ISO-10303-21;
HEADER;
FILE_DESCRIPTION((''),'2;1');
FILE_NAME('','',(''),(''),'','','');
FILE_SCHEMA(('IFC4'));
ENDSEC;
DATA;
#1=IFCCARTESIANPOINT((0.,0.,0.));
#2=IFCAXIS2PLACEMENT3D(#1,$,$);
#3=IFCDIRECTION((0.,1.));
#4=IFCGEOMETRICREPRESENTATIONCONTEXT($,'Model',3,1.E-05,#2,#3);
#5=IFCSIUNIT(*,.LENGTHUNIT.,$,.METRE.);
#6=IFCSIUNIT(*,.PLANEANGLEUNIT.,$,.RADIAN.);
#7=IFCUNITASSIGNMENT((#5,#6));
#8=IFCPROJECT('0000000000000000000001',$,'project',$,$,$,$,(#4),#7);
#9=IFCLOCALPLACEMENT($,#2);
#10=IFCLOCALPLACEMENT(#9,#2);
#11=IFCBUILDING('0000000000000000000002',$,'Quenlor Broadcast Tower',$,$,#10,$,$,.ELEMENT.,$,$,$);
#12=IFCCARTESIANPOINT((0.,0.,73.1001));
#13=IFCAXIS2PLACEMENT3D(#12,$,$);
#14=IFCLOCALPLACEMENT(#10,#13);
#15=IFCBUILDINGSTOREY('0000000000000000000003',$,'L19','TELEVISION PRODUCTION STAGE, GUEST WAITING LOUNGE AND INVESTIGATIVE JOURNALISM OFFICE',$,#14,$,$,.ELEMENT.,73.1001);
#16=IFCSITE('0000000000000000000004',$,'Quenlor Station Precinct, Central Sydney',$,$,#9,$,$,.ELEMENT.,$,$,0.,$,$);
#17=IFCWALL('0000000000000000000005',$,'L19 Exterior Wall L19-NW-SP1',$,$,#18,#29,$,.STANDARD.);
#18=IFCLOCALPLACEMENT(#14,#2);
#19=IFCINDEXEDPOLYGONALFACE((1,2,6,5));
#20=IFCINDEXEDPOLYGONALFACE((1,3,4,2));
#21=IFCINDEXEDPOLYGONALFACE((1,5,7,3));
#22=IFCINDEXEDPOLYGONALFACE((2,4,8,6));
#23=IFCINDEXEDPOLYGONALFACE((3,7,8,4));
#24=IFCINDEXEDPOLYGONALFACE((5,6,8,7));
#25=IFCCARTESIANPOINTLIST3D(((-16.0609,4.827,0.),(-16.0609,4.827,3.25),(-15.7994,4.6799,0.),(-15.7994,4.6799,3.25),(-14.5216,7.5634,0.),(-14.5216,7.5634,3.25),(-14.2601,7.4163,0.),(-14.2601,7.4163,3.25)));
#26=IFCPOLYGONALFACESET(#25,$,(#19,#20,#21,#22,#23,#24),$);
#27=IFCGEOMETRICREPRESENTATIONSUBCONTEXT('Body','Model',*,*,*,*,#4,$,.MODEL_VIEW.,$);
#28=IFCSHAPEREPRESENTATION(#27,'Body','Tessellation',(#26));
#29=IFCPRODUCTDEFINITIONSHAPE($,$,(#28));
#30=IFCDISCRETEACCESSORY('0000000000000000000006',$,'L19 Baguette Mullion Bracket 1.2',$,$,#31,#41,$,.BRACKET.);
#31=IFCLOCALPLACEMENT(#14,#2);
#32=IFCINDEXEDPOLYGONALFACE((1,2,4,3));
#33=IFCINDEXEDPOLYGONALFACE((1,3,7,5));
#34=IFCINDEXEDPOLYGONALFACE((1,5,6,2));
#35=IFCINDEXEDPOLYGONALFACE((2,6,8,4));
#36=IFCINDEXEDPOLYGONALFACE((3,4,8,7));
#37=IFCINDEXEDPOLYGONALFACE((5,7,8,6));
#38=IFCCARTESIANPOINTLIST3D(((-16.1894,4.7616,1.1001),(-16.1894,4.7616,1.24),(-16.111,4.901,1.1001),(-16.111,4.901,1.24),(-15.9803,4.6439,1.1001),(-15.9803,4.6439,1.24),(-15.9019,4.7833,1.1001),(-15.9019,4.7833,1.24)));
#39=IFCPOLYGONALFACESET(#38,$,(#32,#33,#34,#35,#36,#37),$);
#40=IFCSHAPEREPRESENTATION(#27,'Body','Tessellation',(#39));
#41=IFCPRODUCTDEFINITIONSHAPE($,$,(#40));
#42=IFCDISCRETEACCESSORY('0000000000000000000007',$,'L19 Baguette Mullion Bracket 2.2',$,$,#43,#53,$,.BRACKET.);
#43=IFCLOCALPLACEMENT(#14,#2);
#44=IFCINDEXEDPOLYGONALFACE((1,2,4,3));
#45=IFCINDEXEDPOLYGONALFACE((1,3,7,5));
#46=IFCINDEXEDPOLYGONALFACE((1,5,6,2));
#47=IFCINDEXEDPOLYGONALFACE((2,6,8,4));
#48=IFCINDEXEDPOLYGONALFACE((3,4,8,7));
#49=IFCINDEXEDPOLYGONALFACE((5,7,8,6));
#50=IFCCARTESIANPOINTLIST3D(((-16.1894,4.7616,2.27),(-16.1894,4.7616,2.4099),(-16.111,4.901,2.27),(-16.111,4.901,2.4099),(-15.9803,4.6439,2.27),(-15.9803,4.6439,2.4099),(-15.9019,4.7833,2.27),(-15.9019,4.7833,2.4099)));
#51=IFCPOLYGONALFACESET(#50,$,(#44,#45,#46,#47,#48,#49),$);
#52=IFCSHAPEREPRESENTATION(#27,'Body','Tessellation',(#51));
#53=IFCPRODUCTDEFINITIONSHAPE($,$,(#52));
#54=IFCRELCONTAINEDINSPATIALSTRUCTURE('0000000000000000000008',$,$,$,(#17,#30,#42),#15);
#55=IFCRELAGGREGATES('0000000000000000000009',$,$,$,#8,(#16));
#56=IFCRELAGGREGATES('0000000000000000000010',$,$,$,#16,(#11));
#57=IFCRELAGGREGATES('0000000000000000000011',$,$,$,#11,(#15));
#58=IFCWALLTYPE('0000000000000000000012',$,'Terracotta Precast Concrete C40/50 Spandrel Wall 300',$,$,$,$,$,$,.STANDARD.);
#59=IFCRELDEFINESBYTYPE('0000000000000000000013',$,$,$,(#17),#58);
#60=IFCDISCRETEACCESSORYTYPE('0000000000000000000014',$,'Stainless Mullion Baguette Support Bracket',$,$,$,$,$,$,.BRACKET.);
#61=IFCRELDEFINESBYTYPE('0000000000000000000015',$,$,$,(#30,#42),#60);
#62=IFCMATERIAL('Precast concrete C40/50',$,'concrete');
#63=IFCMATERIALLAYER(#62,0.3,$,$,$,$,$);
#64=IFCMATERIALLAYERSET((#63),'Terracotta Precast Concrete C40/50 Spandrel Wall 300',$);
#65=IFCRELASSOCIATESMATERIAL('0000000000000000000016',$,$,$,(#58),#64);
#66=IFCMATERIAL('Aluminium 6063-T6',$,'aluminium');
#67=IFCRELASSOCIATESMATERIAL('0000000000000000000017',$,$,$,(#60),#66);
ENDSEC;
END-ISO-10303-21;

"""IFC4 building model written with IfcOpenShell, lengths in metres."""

from ifc_helpers import new_model, si_unit, direction, frame, frame_2d, origin, origin_2d, place, context, subcontext, project, spatial, rectangle, extrude, material, layer, layer_set, type_object, element, save


model = new_model("IFC4")

# Units and contexts
model_context = context("Model", 3, precision=1e-05, world=origin(), true_north=direction((0.0, 1.0)))
body_context = subcontext(model_context, "Body", "Model", "MODEL_VIEW")
ifc_project = project(units=[si_unit("LENGTHUNIT", "METRE"), si_unit("PLANEANGLEUNIT", "RADIAN")], contexts=[model_context])

# Site, building, storey
site_placement = place(None, origin())
site = spatial("IfcSite", under=ifc_project, at=site_placement, Name="Quenlor Station Precinct, Central Sydney", CompositionType="ELEMENT", RefElevation=0.0)
building_placement = place(site_placement, origin())
building = spatial("IfcBuilding", under=site, at=building_placement, Name="Quenlor Broadcast Tower", CompositionType="ELEMENT")
storey_placement = place(building_placement, frame((0.0, 0.0, 73.1001)))
storey = spatial("IfcBuildingStorey", under=building, at=storey_placement, Name="L19", Description="TELEVISION PRODUCTION STAGE, GUEST WAITING LOUNGE AND INVESTIGATIVE JOURNALISM OFFICE", CompositionType="ELEMENT", Elevation=73.1001)

# Wall
ifc_material_1 = material(Name="Precast concrete C40/50", Category="concrete")
ifc_layer_1 = layer(ifc_material_1, 0.3)
ifc_layer_set_1 = layer_set([ifc_layer_1], Name="Terracotta Precast Concrete C40/50 Spandrel Wall 300")
wall_type_1 = type_object("IfcWallType", Name="Terracotta Precast Concrete C40/50 Spandrel Wall 300", PredefinedType="STANDARD", material=ifc_layer_set_1)
wall_1_placement = place(storey_placement, frame((-15.9302, 4.7534, 0.0), z_axis=(0.0, 0.0, 1.0), x_axis=(0.490291, 0.871559, 0.0)))
element("IfcWall", 1, at=wall_1_placement, inside=storey, type_object=wall_type_1, Name="L19 Exterior Wall L19-NW-SP1", PredefinedType="STANDARD", context=body_context, shape_type="SweptSolid", body=[
    extrude(rectangle(XDim=3.1396, YDim=0.3, at=frame_2d((1.5698, 0.0))), origin(), (0.0, 0.0, 1.0), 3.25),
])

# Discrete accessories
ifc_material_2 = material(Name="Aluminium 6063-T6", Category="aluminium")
discrete_accessory_type = type_object("IfcDiscreteAccessoryType", Name="Stainless Mullion Baguette Support Bracket", PredefinedType="BRACKET", material=ifc_material_2)
for number, where, z_axis, x_axis, name in (
    (2, (-16.0457, 4.7725, 1.1001), (0.0, 0.0, 1.0), (0.490274, 0.871568, 0.0), "L19 Baguette Mullion Bracket 1.2"),
    (3, (-16.0457, 4.7725, 2.27), (0.0, 0.0, 1.0), (0.490274, 0.871568, 0.0), "L19 Baguette Mullion Bracket 2.2"),
):
    element("IfcDiscreteAccessory", number, at=place(storey_placement, frame(where, z_axis=z_axis, x_axis=x_axis)), inside=storey, type_object=discrete_accessory_type, Name=name, PredefinedType="BRACKET", context=body_context, shape_type="SweptSolid", body=[
        extrude(rectangle(XDim=0.1599, YDim=0.24, at=origin_2d()), origin(), (0.0, 0.0, 1.0), 0.1399),
    ])

save(model, "model.ifc")
